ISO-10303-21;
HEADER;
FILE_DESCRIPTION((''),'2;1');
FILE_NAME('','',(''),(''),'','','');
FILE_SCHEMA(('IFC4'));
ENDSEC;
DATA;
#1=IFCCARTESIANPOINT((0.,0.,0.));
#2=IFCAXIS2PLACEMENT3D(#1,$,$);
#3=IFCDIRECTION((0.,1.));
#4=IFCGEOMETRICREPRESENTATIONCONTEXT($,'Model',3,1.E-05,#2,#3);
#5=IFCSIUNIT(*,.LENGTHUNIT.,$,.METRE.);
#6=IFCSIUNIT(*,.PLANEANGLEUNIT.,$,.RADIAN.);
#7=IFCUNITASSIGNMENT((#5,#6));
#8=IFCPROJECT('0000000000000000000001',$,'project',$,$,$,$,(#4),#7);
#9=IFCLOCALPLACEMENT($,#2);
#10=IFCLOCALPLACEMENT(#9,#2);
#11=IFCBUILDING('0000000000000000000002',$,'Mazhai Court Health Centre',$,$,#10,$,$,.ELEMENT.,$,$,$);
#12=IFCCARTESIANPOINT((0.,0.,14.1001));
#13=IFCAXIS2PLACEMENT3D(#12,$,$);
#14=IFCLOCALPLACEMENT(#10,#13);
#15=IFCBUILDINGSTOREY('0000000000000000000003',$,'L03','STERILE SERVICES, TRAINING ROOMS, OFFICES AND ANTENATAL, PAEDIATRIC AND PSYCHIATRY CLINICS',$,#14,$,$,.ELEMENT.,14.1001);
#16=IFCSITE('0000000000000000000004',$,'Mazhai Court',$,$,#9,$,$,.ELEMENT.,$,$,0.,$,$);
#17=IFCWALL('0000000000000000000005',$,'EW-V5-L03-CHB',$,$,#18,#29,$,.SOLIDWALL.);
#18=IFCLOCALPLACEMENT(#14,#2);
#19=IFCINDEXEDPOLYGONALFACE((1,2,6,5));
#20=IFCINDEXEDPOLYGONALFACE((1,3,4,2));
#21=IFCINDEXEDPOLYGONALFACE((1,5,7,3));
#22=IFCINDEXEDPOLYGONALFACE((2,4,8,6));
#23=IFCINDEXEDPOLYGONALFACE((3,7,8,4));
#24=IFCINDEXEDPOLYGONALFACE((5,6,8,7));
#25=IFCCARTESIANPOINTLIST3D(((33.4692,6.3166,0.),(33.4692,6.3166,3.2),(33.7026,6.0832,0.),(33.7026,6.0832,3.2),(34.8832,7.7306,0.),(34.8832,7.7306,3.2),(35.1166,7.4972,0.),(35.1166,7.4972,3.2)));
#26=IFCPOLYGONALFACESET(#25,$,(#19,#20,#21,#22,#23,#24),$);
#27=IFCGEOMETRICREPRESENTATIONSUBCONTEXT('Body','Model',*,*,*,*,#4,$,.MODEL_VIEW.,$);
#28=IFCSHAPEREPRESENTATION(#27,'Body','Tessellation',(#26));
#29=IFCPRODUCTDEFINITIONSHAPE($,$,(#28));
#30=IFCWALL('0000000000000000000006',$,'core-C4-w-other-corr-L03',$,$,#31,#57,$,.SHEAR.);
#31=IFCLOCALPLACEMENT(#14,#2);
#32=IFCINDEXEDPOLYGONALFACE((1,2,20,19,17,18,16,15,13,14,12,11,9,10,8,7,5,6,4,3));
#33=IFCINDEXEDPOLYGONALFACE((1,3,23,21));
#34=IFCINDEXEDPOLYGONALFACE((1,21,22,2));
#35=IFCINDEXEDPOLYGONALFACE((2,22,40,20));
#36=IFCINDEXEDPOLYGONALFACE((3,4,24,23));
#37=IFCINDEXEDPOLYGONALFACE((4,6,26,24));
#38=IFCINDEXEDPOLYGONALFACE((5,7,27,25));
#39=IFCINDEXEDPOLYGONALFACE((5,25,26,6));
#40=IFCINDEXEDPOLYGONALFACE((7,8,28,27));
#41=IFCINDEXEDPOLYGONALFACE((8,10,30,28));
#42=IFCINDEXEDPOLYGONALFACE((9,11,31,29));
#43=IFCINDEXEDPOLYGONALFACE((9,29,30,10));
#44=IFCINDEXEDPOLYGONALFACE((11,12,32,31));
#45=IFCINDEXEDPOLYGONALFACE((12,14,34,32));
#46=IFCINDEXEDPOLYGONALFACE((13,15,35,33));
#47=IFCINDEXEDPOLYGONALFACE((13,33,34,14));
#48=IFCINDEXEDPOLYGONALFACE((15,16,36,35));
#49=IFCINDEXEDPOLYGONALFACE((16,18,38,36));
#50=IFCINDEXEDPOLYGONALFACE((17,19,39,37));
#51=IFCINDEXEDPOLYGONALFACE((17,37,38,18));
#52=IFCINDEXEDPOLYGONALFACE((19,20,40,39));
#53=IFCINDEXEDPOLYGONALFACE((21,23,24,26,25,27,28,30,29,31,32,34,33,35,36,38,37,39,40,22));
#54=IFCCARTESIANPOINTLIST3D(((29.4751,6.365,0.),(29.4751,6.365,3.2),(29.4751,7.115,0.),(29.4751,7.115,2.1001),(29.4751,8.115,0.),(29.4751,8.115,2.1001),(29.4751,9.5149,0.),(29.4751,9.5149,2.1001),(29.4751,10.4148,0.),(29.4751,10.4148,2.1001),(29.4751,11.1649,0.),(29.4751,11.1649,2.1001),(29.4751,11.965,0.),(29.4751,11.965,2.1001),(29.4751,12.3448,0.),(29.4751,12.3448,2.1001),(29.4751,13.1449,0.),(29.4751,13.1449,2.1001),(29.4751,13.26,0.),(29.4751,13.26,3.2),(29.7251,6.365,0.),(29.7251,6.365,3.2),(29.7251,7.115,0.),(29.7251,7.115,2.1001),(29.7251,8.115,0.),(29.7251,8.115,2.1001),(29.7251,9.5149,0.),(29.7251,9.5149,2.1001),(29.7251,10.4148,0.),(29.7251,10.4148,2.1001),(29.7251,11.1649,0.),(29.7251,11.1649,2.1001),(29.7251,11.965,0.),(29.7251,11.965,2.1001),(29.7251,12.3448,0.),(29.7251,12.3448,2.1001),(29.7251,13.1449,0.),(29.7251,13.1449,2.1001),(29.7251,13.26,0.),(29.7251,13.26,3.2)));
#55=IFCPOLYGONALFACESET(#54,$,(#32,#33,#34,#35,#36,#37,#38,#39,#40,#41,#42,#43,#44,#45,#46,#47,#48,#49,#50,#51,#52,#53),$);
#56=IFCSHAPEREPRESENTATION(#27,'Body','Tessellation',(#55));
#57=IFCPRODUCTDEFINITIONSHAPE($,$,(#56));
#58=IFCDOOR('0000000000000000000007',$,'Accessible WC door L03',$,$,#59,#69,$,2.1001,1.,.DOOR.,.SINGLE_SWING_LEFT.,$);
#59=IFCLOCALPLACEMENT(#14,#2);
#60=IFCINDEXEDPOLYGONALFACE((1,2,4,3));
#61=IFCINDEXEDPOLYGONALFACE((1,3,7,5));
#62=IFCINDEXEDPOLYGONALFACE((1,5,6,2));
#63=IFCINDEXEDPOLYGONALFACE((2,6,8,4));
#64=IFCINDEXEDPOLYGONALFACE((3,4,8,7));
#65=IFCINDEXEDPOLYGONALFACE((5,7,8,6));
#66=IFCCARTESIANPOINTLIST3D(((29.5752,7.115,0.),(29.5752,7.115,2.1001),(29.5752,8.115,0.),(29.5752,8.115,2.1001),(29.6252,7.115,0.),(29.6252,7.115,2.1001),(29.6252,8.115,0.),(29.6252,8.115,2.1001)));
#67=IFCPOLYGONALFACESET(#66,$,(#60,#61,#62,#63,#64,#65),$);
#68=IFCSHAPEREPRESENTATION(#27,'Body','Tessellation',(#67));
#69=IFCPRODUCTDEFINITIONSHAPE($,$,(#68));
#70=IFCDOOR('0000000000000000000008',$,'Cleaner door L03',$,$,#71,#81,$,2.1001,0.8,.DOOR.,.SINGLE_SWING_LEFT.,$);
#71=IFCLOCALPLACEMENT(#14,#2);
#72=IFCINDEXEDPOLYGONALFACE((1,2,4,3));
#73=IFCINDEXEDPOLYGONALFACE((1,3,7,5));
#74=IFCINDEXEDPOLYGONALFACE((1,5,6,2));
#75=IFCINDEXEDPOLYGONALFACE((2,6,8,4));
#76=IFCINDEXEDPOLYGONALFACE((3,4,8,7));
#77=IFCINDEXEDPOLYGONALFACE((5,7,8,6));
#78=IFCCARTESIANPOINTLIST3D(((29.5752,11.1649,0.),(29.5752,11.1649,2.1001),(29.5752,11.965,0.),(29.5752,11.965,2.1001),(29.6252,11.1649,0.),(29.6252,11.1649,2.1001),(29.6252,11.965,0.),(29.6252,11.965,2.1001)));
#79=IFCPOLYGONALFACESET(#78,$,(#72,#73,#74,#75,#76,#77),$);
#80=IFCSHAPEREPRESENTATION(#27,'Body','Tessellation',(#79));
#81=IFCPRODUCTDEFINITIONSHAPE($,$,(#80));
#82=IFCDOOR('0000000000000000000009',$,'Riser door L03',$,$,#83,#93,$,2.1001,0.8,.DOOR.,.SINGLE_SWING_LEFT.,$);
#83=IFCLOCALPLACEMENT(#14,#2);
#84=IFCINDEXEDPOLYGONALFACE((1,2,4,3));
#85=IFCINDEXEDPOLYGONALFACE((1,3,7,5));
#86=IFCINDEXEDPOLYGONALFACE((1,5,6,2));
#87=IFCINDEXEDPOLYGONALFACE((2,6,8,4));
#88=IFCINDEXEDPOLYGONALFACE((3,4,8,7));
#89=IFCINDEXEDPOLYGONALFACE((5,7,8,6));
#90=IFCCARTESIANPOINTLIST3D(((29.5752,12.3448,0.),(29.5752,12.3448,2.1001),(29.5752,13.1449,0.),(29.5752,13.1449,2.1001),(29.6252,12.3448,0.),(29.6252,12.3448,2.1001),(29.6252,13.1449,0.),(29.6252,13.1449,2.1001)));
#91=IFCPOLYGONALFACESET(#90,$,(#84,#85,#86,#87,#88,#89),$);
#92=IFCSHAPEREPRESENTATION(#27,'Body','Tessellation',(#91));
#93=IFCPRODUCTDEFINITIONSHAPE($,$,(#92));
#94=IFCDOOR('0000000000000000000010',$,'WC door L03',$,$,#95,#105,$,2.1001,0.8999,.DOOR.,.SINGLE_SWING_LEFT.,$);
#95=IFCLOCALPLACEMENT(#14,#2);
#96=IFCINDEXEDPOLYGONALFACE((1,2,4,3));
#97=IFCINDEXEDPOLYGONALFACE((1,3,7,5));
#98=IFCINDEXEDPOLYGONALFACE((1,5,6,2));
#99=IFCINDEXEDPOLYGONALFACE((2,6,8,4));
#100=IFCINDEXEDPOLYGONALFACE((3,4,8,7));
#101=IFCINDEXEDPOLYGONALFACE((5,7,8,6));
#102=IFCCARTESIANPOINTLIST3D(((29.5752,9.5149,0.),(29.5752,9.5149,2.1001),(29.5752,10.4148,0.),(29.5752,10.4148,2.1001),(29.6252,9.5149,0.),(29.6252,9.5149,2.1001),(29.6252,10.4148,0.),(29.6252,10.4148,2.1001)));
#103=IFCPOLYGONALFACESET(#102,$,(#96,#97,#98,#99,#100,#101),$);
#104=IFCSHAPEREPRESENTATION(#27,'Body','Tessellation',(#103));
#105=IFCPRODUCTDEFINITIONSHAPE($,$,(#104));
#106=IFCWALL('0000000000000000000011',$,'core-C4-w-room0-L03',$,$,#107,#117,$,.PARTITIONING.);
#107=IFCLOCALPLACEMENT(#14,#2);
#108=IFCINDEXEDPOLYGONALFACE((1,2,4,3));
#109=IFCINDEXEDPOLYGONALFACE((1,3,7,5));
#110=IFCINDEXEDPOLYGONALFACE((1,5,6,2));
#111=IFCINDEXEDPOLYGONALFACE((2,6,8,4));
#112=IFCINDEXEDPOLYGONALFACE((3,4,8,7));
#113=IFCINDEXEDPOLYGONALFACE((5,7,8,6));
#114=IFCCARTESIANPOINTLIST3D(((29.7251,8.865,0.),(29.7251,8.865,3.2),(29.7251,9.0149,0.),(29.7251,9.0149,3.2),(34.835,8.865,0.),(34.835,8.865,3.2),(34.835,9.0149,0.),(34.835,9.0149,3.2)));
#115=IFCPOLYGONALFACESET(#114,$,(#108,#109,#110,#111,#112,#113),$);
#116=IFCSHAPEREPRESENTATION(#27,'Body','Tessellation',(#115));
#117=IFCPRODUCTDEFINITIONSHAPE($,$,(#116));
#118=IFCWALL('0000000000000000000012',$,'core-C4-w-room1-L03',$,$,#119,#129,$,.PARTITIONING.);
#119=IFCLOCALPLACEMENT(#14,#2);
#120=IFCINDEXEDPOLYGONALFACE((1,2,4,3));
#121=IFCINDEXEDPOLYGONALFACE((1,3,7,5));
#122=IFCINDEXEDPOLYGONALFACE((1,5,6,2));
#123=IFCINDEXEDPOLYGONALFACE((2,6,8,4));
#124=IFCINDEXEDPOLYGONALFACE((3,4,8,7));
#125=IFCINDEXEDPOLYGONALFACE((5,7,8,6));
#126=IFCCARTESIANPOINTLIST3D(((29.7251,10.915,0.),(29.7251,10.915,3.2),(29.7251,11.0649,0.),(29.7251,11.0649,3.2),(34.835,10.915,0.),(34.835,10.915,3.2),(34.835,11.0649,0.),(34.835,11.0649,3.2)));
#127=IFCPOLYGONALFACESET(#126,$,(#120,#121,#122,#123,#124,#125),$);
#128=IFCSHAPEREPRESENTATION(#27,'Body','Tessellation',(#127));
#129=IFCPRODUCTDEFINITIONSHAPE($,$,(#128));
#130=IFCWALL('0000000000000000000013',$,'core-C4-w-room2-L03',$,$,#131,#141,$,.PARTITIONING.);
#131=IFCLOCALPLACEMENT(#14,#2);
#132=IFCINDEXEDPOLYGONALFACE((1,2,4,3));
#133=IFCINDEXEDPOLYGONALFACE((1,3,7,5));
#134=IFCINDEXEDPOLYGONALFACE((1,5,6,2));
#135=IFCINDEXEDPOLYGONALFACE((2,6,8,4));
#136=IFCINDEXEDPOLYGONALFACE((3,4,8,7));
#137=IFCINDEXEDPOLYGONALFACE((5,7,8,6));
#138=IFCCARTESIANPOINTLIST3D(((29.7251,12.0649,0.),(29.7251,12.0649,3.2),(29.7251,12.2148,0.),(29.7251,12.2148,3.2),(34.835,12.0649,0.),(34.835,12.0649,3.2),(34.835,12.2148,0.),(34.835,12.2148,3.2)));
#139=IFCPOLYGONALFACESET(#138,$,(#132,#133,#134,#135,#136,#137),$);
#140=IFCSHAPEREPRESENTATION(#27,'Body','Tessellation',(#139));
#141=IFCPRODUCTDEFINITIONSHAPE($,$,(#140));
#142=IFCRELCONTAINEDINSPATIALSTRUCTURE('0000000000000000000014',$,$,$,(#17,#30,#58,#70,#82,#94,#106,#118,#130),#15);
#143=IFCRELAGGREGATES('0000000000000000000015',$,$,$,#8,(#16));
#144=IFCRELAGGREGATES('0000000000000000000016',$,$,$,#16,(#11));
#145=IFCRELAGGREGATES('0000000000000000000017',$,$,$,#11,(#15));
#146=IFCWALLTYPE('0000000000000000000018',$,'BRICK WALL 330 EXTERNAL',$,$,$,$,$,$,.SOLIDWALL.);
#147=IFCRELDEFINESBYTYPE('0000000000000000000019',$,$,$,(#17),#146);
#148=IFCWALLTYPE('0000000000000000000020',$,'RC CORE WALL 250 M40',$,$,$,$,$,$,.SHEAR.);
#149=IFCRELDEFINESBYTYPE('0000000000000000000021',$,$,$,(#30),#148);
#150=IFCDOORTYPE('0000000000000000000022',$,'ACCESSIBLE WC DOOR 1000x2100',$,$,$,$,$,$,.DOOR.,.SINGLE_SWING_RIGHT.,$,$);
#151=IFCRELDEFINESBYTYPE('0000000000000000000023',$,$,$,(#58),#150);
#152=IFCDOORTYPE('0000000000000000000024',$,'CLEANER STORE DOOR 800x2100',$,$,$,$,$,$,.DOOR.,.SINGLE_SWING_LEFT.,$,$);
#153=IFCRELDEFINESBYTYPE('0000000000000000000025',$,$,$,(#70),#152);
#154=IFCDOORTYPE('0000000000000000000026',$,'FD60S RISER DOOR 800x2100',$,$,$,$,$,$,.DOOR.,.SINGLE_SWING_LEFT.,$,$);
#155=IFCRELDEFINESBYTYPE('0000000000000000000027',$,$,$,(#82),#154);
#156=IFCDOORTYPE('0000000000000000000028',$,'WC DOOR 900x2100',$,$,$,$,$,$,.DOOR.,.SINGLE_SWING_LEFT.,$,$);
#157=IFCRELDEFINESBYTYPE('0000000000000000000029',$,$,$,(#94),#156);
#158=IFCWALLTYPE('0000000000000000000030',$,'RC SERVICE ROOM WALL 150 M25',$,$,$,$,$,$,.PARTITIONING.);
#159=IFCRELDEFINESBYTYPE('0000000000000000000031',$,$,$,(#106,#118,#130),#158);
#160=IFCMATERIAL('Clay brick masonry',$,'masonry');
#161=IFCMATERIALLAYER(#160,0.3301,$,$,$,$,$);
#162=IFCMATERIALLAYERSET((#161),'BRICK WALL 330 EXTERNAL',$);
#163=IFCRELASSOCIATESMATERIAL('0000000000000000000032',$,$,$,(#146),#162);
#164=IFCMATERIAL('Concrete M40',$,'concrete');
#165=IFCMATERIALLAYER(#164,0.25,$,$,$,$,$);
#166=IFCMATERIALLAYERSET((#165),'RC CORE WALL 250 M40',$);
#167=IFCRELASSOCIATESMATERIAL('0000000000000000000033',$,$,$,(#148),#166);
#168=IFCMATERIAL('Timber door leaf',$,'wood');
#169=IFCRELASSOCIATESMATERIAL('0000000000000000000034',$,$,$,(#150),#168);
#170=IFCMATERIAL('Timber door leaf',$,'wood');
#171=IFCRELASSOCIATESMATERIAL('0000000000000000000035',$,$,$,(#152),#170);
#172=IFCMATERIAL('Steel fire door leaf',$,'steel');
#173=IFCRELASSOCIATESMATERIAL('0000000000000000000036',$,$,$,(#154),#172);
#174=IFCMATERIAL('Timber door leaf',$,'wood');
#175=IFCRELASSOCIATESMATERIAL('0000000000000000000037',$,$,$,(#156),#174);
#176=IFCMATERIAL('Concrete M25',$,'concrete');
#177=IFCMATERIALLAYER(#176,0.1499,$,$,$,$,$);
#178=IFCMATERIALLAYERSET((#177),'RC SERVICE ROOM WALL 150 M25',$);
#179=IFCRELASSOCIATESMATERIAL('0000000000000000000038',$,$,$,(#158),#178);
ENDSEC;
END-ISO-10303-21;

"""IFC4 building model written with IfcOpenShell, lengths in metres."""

from ifc_helpers import new_model, si_unit, direction, frame, frame_2d, origin, place, context, subcontext, project, spatial, rectangle, extrude, material, layer, layer_set, type_object, element, fill, save


model = new_model("IFC4")

# Units and contexts
model_context = context("Model", 3, precision=1e-05, world=origin(), true_north=direction((0.0, 1.0)))
body_context = subcontext(model_context, "Body", "Model", "MODEL_VIEW")
ifc_project = project(units=[si_unit("LENGTHUNIT", "METRE"), si_unit("PLANEANGLEUNIT", "RADIAN")], contexts=[model_context])

# Site, building, storey
site_placement = place(None, origin())
site = spatial("IfcSite", under=ifc_project, at=site_placement, Name="Mazhai Court", CompositionType="ELEMENT", RefElevation=0.0)
building_placement = place(site_placement, origin())
building = spatial("IfcBuilding", under=site, at=building_placement, Name="Mazhai Court Health Centre", CompositionType="ELEMENT")
storey_placement = place(building_placement, frame((0.0, 0.0, 14.1001)))
storey = spatial("IfcBuildingStorey", under=building, at=storey_placement, Name="L03", Description="STERILE SERVICES, TRAINING ROOMS, OFFICES AND ANTENATAL, PAEDIATRIC AND PSYCHIATRY CLINICS", CompositionType="ELEMENT", Elevation=14.1001)

# Wall
ifc_material_1 = material(Name="Clay brick masonry", Category="masonry")
ifc_layer_1 = layer(ifc_material_1, 0.3301)
ifc_layer_set_1 = layer_set([ifc_layer_1], Name="BRICK WALL 330 EXTERNAL")
wall_type_1 = type_object("IfcWallType", Name="BRICK WALL 330 EXTERNAL", PredefinedType="SOLIDWALL", material=ifc_layer_set_1)
wall_1_placement = place(storey_placement, frame((35.0, 7.614, 0.0), z_axis=(0.0, 0.0, 1.0), x_axis=(-0.707107, -0.707107, 0.0)))
element("IfcWall", 1, at=wall_1_placement, inside=storey, type_object=wall_type_1, Name="EW-V5-L03-CHB", PredefinedType="SOLIDWALL", context=body_context, shape_type="SweptSolid", body=[
    extrude(rectangle(XDim=1.9998, YDim=0.3301, at=frame_2d((1.0, 0.0))), origin(), (0.0, 0.0, 1.0), 3.2),
])

# Wall, openings, doors
ifc_material_2 = material(Name="Concrete M40", Category="concrete")
ifc_layer_2 = layer(ifc_material_2, 0.25)
ifc_layer_set_2 = layer_set([ifc_layer_2], Name="RC CORE WALL 250 M40")
wall_type_2 = type_object("IfcWallType", Name="RC CORE WALL 250 M40", PredefinedType="SHEAR", material=ifc_layer_set_2)
wall_2_placement = place(storey_placement, frame((29.6001, 6.365, 0.0), z_axis=(0.0, 0.0, 1.0), x_axis=(0.0, 1.0, 0.0)))
wall_2 = element("IfcWall", 2, at=wall_2_placement, inside=storey, type_object=wall_type_2, Name="core-C4-w-other-corr-L03", PredefinedType="SHEAR", context=body_context, shape_type="SweptSolid", body=[
    extrude(rectangle(XDim=6.895, YDim=0.25, at=frame_2d((3.4475, 0.0))), origin(), (0.0, 0.0, 1.0), 3.2),
])
opening_1_placement = place(wall_2_placement, frame((0.75, 0.0, 0.0)))
opening_1 = element("IfcOpeningElement", 3, at=opening_1_placement, cuts=wall_2, PredefinedType="OPENING", context=body_context, shape_type="SweptSolid", body=[
    extrude(rectangle(XDim=1.0, YDim=2.1001, at=frame_2d((0.5, 1.05))), frame((0.0, 0.135, 0.0), z_axis=(0.0, -1.0, 0.0), x_axis=(1.0, 0.0, 0.0)), (0.0, 0.0, 1.0), 0.27),
])
opening_2_placement = place(wall_2_placement, frame((3.1499, 0.0, 0.0)))
opening_2 = element("IfcOpeningElement", 4, at=opening_2_placement, cuts=wall_2, PredefinedType="OPENING", context=body_context, shape_type="SweptSolid", body=[
    extrude(rectangle(XDim=0.8999, YDim=2.1001, at=frame_2d((0.45, 1.05))), frame((0.0, 0.135, 0.0), z_axis=(0.0, -1.0, 0.0), x_axis=(1.0, 0.0, 0.0)), (0.0, 0.0, 1.0), 0.27),
])
opening_3_placement = place(wall_2_placement, frame((4.8, 0.0, 0.0)))
opening_3 = element("IfcOpeningElement", 5, at=opening_3_placement, cuts=wall_2, PredefinedType="OPENING", context=body_context, shape_type="SweptSolid", body=[
    extrude(rectangle(XDim=0.8, YDim=2.1001, at=frame_2d((0.3999, 1.05))), frame((0.0, 0.135, 0.0), z_axis=(0.0, -1.0, 0.0), x_axis=(1.0, 0.0, 0.0)), (0.0, 0.0, 1.0), 0.27),
])
opening_4_placement = place(wall_2_placement, frame((5.98, 0.0, 0.0)))
opening_4 = element("IfcOpeningElement", 6, at=opening_4_placement, cuts=wall_2, PredefinedType="OPENING", context=body_context, shape_type="SweptSolid", body=[
    extrude(rectangle(XDim=0.8, YDim=2.1001, at=frame_2d((0.3999, 1.05))), frame((0.0, 0.135, 0.0), z_axis=(0.0, -1.0, 0.0), x_axis=(1.0, 0.0, 0.0)), (0.0, 0.0, 1.0), 0.27),
])
ifc_material_3 = material(Name="Timber door leaf", Category="wood")
door_type_1 = type_object("IfcDoorType", Name="ACCESSIBLE WC DOOR 1000x2100", OperationType="SINGLE_SWING_RIGHT", PredefinedType="DOOR", material=ifc_material_3)
door_1_placement = place(opening_1_placement, origin())
door_1 = element("IfcDoor", 7, at=door_1_placement, inside=storey, type_object=door_type_1, Name="Accessible WC door L03", OperationType="SINGLE_SWING_LEFT", OverallHeight=2.1001, OverallWidth=1.0, PredefinedType="DOOR", context=body_context, shape_type="SweptSolid", body=[
    extrude(rectangle(XDim=1.0, YDim=2.1001, at=frame_2d((0.5, 1.05))), frame((0.0, 0.0249, 0.0), z_axis=(0.0, -1.0, 0.0), x_axis=(1.0, 0.0, 0.0)), (0.0, 0.0, 1.0), 0.05),
])
fill(opening_1, door_1)
ifc_material_4 = material(Name="Timber door leaf", Category="wood")
door_type_2 = type_object("IfcDoorType", Name="CLEANER STORE DOOR 800x2100", OperationType="SINGLE_SWING_LEFT", PredefinedType="DOOR", material=ifc_material_4)
door_2_placement = place(opening_3_placement, origin())
door_2 = element("IfcDoor", 8, at=door_2_placement, inside=storey, type_object=door_type_2, Name="Cleaner door L03", OperationType="SINGLE_SWING_LEFT", OverallHeight=2.1001, OverallWidth=0.8, PredefinedType="DOOR", context=body_context, shape_type="SweptSolid", body=[
    extrude(rectangle(XDim=0.8, YDim=2.1001, at=frame_2d((0.3999, 1.05))), frame((0.0, 0.0249, 0.0), z_axis=(0.0, -1.0, 0.0), x_axis=(1.0, 0.0, 0.0)), (0.0, 0.0, 1.0), 0.05),
])
fill(opening_3, door_2)
ifc_material_5 = material(Name="Steel fire door leaf", Category="steel")
door_type_3 = type_object("IfcDoorType", Name="FD60S RISER DOOR 800x2100", OperationType="SINGLE_SWING_LEFT", PredefinedType="DOOR", material=ifc_material_5)
door_3_placement = place(opening_4_placement, origin())
door_3 = element("IfcDoor", 9, at=door_3_placement, inside=storey, type_object=door_type_3, Name="Riser door L03", OperationType="SINGLE_SWING_LEFT", OverallHeight=2.1001, OverallWidth=0.8, PredefinedType="DOOR", context=body_context, shape_type="SweptSolid", body=[
    extrude(rectangle(XDim=0.8, YDim=2.1001, at=frame_2d((0.3999, 1.05))), frame((0.0, 0.0249, 0.0), z_axis=(0.0, -1.0, 0.0), x_axis=(1.0, 0.0, 0.0)), (0.0, 0.0, 1.0), 0.05),
])
fill(opening_4, door_3)
ifc_material_6 = material(Name="Timber door leaf", Category="wood")
door_type_4 = type_object("IfcDoorType", Name="WC DOOR 900x2100", OperationType="SINGLE_SWING_LEFT", PredefinedType="DOOR", material=ifc_material_6)
door_4_placement = place(opening_2_placement, origin())
door_4 = element("IfcDoor", 10, at=door_4_placement, inside=storey, type_object=door_type_4, Name="WC door L03", OperationType="SINGLE_SWING_LEFT", OverallHeight=2.1001, OverallWidth=0.8999, PredefinedType="DOOR", context=body_context, shape_type="SweptSolid", body=[
    extrude(rectangle(XDim=0.8999, YDim=2.1001, at=frame_2d((0.45, 1.05))), frame((0.0, 0.0249, 0.0), z_axis=(0.0, -1.0, 0.0), x_axis=(1.0, 0.0, 0.0)), (0.0, 0.0, 1.0), 0.05),
])
fill(opening_2, door_4)

# Walls
ifc_material_7 = material(Name="Concrete M25", Category="concrete")
ifc_layer_3 = layer(ifc_material_7, 0.1499)
ifc_layer_set_3 = layer_set([ifc_layer_3], Name="RC SERVICE ROOM WALL 150 M25")
wall_type_3 = type_object("IfcWallType", Name="RC SERVICE ROOM WALL 150 M25", PredefinedType="PARTITIONING", material=ifc_layer_set_3)
for number, where, z_axis, x_axis, name in (
    (11, (29.7251, 8.9399, 0.0), (0.0, 0.0, 1.0), (1.0, 0.0, 0.0), "core-C4-w-room0-L03"),
    (12, (29.7251, 10.99, 0.0), (0.0, 0.0, 1.0), (1.0, 0.0, 0.0), "core-C4-w-room1-L03"),
    (13, (29.7251, 12.1399, 0.0), (0.0, 0.0, 1.0), (1.0, 0.0, 0.0), "core-C4-w-room2-L03"),
):
    element("IfcWall", number, at=place(storey_placement, frame(where, z_axis=z_axis, x_axis=x_axis)), inside=storey, type_object=wall_type_3, Name=name, PredefinedType="PARTITIONING", context=body_context, shape_type="SweptSolid", body=[
        extrude(rectangle(XDim=5.1099, YDim=0.1499, at=frame_2d((2.5549, 0.0))), origin(), (0.0, 0.0, 1.0), 3.2),
    ])

save(model, "model.ifc")
